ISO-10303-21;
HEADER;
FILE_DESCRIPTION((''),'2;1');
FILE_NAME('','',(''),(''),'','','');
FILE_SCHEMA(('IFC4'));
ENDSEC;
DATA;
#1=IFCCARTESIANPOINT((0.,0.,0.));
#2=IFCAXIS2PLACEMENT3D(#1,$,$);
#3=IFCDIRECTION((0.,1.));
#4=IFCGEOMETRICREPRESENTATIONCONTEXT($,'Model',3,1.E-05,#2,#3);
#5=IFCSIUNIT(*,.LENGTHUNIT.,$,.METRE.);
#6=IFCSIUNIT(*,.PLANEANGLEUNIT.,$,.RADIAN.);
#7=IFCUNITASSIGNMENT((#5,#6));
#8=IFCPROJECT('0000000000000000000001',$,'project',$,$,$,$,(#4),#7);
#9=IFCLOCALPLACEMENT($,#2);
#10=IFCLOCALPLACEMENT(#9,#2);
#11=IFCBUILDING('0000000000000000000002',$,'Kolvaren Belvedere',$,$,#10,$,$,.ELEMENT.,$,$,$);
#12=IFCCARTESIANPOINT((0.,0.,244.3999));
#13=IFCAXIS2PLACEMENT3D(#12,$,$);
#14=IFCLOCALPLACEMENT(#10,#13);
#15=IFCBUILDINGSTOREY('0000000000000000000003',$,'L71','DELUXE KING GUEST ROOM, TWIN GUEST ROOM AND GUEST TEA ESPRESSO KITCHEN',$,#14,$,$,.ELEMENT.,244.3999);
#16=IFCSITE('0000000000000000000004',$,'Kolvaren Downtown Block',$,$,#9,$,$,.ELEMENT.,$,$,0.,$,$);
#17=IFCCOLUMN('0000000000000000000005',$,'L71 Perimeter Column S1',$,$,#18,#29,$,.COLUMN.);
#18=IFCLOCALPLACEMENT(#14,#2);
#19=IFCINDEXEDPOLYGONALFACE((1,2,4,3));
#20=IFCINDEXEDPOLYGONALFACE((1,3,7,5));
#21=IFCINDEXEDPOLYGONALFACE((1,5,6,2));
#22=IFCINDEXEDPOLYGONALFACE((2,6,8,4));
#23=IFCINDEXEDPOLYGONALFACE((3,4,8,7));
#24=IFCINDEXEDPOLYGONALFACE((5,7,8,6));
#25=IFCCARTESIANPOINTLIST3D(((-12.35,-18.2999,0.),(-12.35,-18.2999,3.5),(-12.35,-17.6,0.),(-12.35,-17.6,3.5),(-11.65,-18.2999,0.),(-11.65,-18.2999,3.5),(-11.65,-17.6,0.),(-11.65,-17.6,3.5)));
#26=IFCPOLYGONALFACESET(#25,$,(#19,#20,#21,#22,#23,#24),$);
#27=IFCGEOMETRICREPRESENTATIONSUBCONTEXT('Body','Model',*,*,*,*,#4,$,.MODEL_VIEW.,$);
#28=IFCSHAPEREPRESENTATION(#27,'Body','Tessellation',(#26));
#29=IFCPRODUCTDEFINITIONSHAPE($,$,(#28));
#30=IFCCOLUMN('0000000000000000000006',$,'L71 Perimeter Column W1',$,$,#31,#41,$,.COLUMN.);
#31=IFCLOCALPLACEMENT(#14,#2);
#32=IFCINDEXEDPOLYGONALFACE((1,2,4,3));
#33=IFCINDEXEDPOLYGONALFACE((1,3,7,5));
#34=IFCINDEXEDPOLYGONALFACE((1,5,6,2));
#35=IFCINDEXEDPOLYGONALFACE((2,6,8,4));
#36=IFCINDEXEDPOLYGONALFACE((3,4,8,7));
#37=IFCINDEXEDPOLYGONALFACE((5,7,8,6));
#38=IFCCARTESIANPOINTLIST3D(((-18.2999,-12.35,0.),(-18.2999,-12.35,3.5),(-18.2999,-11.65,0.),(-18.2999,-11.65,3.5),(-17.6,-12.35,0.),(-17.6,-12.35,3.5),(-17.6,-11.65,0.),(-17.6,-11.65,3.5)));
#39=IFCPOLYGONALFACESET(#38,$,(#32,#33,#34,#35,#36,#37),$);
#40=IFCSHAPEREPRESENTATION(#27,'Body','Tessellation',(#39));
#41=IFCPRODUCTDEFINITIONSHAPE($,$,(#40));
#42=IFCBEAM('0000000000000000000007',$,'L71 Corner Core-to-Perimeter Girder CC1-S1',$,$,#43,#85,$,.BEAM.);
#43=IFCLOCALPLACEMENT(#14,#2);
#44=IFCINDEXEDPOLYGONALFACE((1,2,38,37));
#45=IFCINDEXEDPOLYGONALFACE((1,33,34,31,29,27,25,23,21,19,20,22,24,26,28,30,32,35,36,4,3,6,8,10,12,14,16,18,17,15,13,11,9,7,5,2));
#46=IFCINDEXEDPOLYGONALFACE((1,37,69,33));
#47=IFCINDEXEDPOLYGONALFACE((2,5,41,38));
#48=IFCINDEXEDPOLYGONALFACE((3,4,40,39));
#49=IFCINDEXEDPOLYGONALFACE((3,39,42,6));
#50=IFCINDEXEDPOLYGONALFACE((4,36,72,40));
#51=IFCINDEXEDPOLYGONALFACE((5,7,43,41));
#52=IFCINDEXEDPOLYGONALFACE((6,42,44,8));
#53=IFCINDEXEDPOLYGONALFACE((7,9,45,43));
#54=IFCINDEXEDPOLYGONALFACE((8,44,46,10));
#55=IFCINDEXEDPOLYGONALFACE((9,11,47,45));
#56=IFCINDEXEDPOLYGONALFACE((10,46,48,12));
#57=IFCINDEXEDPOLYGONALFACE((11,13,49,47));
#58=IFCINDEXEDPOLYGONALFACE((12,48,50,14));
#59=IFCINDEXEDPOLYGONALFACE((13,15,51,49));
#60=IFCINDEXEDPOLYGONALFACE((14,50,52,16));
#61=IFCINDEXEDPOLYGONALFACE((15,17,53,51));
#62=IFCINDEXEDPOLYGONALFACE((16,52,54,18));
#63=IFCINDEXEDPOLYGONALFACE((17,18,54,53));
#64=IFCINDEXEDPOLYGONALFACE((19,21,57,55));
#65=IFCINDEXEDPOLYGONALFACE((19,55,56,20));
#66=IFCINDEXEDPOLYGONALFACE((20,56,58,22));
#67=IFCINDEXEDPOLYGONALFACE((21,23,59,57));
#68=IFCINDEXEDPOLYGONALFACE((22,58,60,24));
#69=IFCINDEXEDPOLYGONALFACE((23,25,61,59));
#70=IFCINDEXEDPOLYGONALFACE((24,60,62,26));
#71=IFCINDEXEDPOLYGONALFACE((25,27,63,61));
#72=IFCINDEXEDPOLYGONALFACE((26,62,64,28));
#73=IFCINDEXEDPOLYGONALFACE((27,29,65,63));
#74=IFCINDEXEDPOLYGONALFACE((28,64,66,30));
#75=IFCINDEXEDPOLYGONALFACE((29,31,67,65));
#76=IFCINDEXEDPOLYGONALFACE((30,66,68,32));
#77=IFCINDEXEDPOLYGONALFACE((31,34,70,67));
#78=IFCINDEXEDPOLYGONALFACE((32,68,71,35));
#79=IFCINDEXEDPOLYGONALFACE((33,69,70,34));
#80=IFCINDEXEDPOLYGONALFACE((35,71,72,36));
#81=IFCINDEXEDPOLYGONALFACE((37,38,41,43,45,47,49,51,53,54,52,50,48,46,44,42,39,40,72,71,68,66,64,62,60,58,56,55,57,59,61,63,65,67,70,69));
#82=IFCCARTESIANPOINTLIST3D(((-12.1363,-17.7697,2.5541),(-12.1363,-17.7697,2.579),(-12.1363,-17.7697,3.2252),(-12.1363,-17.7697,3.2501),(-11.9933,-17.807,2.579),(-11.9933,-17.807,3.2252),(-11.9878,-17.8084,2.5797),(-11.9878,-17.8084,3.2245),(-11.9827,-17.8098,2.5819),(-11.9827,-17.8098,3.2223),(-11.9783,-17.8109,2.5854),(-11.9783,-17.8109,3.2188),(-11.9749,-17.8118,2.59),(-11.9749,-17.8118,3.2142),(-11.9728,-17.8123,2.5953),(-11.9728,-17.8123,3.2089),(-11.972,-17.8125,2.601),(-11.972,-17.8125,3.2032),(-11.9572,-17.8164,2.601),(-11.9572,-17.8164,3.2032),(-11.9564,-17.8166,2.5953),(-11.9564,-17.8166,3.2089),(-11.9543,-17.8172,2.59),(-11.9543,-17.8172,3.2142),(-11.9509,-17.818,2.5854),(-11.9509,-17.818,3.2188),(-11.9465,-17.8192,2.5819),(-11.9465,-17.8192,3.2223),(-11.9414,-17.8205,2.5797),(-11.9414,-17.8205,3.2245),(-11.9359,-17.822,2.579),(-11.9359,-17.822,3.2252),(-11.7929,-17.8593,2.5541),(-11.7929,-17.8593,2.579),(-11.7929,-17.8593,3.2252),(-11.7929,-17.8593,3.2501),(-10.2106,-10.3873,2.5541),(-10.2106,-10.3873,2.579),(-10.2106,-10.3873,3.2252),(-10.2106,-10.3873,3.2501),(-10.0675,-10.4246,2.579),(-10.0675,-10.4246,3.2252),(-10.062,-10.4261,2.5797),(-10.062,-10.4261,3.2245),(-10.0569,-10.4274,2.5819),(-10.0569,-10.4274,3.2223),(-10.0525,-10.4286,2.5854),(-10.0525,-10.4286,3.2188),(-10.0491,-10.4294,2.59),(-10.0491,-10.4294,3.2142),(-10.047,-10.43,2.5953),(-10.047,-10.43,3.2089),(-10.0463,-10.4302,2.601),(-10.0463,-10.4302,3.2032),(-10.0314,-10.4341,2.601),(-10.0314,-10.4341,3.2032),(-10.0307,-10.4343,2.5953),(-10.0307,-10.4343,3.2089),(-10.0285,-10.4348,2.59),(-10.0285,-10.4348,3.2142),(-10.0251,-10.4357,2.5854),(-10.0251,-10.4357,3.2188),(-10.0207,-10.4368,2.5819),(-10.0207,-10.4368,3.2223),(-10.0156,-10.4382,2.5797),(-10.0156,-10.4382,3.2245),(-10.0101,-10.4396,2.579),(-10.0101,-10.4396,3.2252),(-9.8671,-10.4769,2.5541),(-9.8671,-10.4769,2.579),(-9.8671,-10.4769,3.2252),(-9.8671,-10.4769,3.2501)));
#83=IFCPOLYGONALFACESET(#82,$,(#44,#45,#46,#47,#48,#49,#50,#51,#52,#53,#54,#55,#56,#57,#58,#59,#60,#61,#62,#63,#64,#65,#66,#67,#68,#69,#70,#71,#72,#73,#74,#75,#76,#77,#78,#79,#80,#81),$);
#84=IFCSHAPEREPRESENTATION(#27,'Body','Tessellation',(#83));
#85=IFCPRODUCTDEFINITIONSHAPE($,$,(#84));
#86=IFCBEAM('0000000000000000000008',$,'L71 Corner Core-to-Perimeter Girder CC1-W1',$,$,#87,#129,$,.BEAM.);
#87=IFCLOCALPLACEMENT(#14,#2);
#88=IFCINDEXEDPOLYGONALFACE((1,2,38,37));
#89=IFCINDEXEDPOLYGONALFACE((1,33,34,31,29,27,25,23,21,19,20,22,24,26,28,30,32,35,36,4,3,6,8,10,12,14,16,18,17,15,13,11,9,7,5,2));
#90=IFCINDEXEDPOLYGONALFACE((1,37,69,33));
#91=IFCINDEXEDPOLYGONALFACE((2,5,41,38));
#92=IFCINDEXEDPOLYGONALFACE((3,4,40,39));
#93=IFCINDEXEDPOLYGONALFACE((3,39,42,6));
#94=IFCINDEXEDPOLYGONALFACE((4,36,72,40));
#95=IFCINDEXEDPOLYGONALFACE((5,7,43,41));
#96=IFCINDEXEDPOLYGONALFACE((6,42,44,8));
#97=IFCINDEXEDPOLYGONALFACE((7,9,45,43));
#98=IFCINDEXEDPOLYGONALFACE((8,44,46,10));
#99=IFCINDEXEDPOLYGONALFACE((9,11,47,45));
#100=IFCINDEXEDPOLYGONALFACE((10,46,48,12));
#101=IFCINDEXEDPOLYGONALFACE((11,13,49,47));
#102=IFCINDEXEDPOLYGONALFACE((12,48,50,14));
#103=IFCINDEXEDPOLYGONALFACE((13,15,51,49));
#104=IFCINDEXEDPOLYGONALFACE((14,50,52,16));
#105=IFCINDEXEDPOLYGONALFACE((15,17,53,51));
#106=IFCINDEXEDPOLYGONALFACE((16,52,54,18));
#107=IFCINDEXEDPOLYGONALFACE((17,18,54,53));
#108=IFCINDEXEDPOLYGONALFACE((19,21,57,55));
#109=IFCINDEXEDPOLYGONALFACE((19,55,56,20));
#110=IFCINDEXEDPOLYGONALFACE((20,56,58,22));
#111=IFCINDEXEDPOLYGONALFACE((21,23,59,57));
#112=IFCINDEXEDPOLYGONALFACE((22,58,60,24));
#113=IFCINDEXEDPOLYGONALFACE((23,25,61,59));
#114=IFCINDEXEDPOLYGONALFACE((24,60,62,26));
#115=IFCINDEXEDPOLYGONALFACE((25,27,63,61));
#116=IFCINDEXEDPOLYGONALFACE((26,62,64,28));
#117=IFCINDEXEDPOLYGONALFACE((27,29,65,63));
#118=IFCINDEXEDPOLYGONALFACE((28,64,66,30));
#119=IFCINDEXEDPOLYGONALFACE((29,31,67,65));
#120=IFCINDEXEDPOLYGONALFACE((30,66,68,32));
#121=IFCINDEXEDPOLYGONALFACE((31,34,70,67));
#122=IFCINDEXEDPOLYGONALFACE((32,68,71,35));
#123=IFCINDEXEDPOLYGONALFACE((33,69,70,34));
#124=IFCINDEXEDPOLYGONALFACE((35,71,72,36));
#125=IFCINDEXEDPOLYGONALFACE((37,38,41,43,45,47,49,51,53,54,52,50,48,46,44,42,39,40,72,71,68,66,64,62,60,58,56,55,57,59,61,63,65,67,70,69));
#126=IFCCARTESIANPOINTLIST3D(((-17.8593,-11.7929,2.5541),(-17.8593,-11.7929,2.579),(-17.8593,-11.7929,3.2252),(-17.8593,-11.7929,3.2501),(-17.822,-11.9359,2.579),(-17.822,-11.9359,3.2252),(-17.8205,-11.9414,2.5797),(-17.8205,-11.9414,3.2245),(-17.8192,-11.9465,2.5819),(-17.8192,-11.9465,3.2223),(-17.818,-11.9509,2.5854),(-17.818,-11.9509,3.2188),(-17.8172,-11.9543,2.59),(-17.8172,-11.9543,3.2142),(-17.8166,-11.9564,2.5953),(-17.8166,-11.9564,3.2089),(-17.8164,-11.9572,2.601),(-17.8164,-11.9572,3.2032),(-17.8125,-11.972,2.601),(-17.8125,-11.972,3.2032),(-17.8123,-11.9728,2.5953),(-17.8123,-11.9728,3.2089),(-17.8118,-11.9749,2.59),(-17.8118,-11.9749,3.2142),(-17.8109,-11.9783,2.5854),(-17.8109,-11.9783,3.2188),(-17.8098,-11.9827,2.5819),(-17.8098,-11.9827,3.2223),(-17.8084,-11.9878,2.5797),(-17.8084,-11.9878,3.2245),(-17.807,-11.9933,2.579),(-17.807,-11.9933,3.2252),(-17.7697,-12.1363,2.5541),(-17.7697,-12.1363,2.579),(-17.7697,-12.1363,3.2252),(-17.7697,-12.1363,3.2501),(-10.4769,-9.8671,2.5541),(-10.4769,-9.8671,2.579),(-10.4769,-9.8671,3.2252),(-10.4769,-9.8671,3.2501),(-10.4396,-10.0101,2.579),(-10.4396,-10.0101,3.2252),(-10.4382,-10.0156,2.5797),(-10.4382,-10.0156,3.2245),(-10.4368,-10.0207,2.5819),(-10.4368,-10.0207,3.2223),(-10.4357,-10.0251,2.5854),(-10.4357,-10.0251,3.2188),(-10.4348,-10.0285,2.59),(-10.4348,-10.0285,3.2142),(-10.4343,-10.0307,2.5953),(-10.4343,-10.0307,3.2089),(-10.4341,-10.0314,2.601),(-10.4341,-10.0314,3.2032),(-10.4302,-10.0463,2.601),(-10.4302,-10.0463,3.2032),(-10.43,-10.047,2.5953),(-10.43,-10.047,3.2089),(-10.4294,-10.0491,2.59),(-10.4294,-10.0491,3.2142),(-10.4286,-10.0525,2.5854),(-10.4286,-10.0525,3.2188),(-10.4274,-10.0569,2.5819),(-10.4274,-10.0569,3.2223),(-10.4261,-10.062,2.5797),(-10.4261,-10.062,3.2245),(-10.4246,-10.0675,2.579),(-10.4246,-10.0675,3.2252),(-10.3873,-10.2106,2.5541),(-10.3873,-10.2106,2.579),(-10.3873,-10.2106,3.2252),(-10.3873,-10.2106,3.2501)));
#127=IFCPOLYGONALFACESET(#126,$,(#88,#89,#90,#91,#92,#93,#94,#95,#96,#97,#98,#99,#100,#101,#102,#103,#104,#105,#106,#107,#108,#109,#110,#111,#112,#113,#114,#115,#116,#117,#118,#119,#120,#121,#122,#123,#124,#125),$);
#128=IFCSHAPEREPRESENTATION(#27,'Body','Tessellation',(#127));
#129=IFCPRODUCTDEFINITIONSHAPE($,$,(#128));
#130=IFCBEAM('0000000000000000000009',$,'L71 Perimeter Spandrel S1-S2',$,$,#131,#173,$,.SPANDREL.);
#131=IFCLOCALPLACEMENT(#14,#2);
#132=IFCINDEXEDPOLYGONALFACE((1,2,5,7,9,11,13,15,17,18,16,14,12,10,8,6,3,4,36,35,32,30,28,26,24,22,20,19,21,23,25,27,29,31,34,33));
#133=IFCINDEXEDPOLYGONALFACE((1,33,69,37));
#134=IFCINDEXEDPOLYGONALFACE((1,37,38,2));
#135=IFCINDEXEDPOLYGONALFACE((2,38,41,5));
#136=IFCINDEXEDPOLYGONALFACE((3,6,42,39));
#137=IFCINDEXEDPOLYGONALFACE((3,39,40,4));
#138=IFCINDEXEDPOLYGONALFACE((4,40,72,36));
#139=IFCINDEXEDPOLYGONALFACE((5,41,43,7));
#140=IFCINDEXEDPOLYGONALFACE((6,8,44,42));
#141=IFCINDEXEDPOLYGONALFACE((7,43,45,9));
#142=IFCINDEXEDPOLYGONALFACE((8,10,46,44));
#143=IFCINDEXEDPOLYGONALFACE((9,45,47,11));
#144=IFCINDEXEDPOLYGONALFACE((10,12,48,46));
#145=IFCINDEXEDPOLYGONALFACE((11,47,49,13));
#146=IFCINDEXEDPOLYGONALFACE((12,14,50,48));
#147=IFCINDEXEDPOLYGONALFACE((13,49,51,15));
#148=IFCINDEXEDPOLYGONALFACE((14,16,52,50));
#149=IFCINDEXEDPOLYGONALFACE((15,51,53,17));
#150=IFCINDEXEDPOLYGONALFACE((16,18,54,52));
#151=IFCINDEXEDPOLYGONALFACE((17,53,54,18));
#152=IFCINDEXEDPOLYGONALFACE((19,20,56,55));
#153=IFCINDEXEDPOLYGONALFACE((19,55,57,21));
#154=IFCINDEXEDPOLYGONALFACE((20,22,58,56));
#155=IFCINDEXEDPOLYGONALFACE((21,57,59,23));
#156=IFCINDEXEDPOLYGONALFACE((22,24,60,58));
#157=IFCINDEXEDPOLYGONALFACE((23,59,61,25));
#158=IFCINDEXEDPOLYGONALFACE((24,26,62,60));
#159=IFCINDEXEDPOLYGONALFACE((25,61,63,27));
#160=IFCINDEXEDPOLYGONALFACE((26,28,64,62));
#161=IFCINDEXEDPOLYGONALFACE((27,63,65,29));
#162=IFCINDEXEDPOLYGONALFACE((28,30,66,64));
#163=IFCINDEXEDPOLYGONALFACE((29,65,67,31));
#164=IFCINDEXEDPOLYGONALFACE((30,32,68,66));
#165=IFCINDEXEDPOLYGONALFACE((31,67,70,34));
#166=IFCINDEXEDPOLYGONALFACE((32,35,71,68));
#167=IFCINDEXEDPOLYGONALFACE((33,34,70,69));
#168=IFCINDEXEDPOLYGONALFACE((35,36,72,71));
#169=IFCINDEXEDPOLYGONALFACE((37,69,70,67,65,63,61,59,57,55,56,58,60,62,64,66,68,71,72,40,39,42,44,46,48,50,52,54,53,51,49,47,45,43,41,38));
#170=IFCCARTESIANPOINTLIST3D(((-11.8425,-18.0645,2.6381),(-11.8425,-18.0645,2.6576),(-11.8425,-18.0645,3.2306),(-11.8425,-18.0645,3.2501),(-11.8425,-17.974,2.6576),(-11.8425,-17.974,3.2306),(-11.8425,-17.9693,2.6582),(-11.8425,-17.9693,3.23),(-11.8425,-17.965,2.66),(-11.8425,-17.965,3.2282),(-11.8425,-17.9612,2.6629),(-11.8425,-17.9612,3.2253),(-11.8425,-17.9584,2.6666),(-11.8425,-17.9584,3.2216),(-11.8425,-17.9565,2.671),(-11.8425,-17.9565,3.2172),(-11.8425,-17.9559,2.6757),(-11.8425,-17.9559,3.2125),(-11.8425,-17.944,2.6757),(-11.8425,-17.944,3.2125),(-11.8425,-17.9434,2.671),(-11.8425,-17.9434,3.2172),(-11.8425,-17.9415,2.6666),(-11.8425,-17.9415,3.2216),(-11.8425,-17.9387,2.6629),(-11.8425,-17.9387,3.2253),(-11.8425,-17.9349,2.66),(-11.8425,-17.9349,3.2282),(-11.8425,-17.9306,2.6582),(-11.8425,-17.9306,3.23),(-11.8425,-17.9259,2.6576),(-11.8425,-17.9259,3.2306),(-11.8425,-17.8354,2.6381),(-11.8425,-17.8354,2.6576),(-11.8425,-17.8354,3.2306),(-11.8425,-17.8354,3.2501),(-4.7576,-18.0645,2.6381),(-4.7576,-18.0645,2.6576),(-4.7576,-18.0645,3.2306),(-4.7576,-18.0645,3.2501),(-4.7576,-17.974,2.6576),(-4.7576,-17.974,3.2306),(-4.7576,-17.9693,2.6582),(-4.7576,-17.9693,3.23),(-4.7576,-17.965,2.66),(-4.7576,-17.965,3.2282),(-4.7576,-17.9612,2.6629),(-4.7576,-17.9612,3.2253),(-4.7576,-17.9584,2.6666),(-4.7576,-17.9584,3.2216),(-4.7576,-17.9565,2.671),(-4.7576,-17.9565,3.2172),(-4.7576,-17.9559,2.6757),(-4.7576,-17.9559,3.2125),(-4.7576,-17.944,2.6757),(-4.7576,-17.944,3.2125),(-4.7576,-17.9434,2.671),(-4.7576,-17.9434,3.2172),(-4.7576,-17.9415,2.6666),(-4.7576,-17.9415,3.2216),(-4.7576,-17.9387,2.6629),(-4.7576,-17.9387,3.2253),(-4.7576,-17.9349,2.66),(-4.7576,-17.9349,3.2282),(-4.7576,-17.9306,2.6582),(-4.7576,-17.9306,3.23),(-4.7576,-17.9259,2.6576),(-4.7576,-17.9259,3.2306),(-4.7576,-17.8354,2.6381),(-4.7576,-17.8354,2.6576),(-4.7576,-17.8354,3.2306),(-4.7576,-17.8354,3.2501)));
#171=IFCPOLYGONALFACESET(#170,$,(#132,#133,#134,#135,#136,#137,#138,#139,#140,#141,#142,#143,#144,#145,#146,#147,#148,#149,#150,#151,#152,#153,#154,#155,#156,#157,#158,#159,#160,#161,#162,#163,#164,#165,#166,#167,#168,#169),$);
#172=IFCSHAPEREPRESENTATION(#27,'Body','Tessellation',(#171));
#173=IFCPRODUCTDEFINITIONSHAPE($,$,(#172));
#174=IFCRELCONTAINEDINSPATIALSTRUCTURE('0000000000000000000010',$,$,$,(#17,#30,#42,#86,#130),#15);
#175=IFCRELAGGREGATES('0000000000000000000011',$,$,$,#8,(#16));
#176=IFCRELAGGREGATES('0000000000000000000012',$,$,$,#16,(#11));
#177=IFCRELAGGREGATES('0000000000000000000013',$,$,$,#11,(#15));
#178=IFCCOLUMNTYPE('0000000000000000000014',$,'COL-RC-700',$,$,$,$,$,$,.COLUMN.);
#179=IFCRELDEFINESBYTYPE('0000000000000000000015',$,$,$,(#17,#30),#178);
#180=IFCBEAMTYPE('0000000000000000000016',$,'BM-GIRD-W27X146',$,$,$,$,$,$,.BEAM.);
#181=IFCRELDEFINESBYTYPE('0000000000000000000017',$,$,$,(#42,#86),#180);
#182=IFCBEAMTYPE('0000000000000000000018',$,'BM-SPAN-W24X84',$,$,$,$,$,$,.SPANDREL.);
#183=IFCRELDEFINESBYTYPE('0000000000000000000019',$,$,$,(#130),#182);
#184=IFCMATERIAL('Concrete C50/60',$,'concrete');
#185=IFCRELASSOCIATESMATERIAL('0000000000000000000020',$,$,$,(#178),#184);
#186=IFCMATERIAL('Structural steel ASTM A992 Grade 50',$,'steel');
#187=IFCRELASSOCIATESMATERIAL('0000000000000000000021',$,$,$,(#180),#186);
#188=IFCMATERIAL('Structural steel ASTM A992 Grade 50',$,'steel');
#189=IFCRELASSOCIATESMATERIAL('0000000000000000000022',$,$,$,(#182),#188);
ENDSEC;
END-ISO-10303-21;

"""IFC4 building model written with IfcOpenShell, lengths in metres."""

from ifc_helpers import new_model, si_unit, direction, frame, origin, origin_2d, place, context, subcontext, project, spatial, rectangle, i_section, extrude, material, material_profile, profile_set, type_object, element, save


model = new_model("IFC4")

# Units and contexts
model_context = context("Model", 3, precision=1e-05, world=origin(), true_north=direction((0.0, 1.0)))
body_context = subcontext(model_context, "Body", "Model", "MODEL_VIEW")
ifc_project = project(units=[si_unit("LENGTHUNIT", "METRE"), si_unit("PLANEANGLEUNIT", "RADIAN")], contexts=[model_context])

# Site, building, storey
site_placement = place(None, origin())
site = spatial("IfcSite", under=ifc_project, at=site_placement, Name="Kolvaren Downtown Block", CompositionType="ELEMENT", RefElevation=0.0)
building_placement = place(site_placement, origin())
building = spatial("IfcBuilding", under=site, at=building_placement, Name="Kolvaren Belvedere", CompositionType="ELEMENT")
storey_placement = place(building_placement, frame((0.0, 0.0, 244.3999)))
storey = spatial("IfcBuildingStorey", under=building, at=storey_placement, Name="L71", Description="DELUXE KING GUEST ROOM, TWIN GUEST ROOM AND GUEST TEA ESPRESSO KITCHEN", CompositionType="ELEMENT", Elevation=244.3999)

# Columns
ifc_material_1 = material(Name="Concrete C50/60", Category="concrete")
ifc_material_profile_1 = material_profile(ifc_material_1, rectangle(XDim=0.7, YDim=0.7, at=origin_2d()), Name="RC 700X700")
ifc_profile_set_1 = profile_set([ifc_material_profile_1], Name="Concrete C50/60")
column_type = type_object("IfcColumnType", Name="COL-RC-700", PredefinedType="COLUMN", material=ifc_profile_set_1)
for number, where, z_axis, x_axis, name in (
    (1, (-12.0, -17.95, 0.0), (0.0, 0.0, 1.0), (1.0, 0.0, 0.0), "L71 Perimeter Column S1"),
    (2, (-17.95, -12.0, 0.0), (0.0, 0.0, 1.0), (1.0, 0.0, 0.0), "L71 Perimeter Column W1"),
):
    element("IfcColumn", number, at=place(storey_placement, frame(where, z_axis=z_axis, x_axis=x_axis)), inside=storey, type_object=column_type, Name=name, PredefinedType="COLUMN", context=body_context, shape_type="SweptSolid", body=[
        extrude(rectangle(XDim=0.7, YDim=0.7, at=origin_2d()), origin(), (0.0, 0.0, 1.0), 3.5),
    ])

# Beams
ifc_material_2 = material(Name="Structural steel ASTM A992 Grade 50", Category="steel")
ifc_material_profile_2 = material_profile(ifc_material_2, i_section(OverallWidth=0.355, OverallDepth=0.696, WebThickness=0.0154, FlangeThickness=0.0249, FilletRadius=0.022, at=origin_2d()), Name="W27X146")
ifc_profile_set_2 = profile_set([ifc_material_profile_2], Name="Structural steel ASTM A992 Grade 50")
beam_type_1 = type_object("IfcBeamType", Name="BM-GIRD-W27X146", PredefinedType="BEAM", material=ifc_profile_set_2)
for number, where, z_axis, x_axis, name in (
    (3, (-10.0388, -10.4321, 2.9021), (-0.252417, -0.967619, 0.0), (0.967619, -0.252417, 0.0), "L71 Corner Core-to-Perimeter Girder CC1-S1"),
    (4, (-10.4321, -10.0388, 2.9021), (-0.967619, -0.252417, 0.0), (0.252417, -0.967619, 0.0), "L71 Corner Core-to-Perimeter Girder CC1-W1"),
):
    element("IfcBeam", number, at=place(storey_placement, frame(where, z_axis=z_axis, x_axis=x_axis)), inside=storey, type_object=beam_type_1, Name=name, PredefinedType="BEAM", context=body_context, shape_type="SweptSolid", body=[
        extrude(i_section(OverallWidth=0.355, OverallDepth=0.696, WebThickness=0.0154, FlangeThickness=0.0249, FilletRadius=0.022, at=origin_2d()), origin(), (0.0, 0.0, 1.0), 7.6294),
    ])
ifc_material_3 = material(Name="Structural steel ASTM A992 Grade 50", Category="steel")
ifc_material_profile_3 = material_profile(ifc_material_3, i_section(OverallWidth=0.229, OverallDepth=0.6121, WebThickness=0.012, FlangeThickness=0.0195, FilletRadius=0.0181, at=origin_2d()), Name="W24X84")
ifc_profile_set_3 = profile_set([ifc_material_profile_3], Name="Structural steel ASTM A992 Grade 50")
beam_type_2 = type_object("IfcBeamType", Name="BM-SPAN-W24X84", PredefinedType="SPANDREL", material=ifc_profile_set_3)
beam_1_placement = place(storey_placement, frame((-11.8425, -17.95, 2.9441), z_axis=(1.0, 0.0, 0.0), x_axis=(0.0, 1.0, 0.0)))
element("IfcBeam", 5, at=beam_1_placement, inside=storey, type_object=beam_type_2, Name="L71 Perimeter Spandrel S1-S2", PredefinedType="SPANDREL", context=body_context, shape_type="SweptSolid", body=[
    extrude(i_section(OverallWidth=0.229, OverallDepth=0.6121, WebThickness=0.012, FlangeThickness=0.0195, FilletRadius=0.0181, at=origin_2d()), origin(), (0.0, 0.0, 1.0), 7.085),
])

save(model, "model.ifc")
